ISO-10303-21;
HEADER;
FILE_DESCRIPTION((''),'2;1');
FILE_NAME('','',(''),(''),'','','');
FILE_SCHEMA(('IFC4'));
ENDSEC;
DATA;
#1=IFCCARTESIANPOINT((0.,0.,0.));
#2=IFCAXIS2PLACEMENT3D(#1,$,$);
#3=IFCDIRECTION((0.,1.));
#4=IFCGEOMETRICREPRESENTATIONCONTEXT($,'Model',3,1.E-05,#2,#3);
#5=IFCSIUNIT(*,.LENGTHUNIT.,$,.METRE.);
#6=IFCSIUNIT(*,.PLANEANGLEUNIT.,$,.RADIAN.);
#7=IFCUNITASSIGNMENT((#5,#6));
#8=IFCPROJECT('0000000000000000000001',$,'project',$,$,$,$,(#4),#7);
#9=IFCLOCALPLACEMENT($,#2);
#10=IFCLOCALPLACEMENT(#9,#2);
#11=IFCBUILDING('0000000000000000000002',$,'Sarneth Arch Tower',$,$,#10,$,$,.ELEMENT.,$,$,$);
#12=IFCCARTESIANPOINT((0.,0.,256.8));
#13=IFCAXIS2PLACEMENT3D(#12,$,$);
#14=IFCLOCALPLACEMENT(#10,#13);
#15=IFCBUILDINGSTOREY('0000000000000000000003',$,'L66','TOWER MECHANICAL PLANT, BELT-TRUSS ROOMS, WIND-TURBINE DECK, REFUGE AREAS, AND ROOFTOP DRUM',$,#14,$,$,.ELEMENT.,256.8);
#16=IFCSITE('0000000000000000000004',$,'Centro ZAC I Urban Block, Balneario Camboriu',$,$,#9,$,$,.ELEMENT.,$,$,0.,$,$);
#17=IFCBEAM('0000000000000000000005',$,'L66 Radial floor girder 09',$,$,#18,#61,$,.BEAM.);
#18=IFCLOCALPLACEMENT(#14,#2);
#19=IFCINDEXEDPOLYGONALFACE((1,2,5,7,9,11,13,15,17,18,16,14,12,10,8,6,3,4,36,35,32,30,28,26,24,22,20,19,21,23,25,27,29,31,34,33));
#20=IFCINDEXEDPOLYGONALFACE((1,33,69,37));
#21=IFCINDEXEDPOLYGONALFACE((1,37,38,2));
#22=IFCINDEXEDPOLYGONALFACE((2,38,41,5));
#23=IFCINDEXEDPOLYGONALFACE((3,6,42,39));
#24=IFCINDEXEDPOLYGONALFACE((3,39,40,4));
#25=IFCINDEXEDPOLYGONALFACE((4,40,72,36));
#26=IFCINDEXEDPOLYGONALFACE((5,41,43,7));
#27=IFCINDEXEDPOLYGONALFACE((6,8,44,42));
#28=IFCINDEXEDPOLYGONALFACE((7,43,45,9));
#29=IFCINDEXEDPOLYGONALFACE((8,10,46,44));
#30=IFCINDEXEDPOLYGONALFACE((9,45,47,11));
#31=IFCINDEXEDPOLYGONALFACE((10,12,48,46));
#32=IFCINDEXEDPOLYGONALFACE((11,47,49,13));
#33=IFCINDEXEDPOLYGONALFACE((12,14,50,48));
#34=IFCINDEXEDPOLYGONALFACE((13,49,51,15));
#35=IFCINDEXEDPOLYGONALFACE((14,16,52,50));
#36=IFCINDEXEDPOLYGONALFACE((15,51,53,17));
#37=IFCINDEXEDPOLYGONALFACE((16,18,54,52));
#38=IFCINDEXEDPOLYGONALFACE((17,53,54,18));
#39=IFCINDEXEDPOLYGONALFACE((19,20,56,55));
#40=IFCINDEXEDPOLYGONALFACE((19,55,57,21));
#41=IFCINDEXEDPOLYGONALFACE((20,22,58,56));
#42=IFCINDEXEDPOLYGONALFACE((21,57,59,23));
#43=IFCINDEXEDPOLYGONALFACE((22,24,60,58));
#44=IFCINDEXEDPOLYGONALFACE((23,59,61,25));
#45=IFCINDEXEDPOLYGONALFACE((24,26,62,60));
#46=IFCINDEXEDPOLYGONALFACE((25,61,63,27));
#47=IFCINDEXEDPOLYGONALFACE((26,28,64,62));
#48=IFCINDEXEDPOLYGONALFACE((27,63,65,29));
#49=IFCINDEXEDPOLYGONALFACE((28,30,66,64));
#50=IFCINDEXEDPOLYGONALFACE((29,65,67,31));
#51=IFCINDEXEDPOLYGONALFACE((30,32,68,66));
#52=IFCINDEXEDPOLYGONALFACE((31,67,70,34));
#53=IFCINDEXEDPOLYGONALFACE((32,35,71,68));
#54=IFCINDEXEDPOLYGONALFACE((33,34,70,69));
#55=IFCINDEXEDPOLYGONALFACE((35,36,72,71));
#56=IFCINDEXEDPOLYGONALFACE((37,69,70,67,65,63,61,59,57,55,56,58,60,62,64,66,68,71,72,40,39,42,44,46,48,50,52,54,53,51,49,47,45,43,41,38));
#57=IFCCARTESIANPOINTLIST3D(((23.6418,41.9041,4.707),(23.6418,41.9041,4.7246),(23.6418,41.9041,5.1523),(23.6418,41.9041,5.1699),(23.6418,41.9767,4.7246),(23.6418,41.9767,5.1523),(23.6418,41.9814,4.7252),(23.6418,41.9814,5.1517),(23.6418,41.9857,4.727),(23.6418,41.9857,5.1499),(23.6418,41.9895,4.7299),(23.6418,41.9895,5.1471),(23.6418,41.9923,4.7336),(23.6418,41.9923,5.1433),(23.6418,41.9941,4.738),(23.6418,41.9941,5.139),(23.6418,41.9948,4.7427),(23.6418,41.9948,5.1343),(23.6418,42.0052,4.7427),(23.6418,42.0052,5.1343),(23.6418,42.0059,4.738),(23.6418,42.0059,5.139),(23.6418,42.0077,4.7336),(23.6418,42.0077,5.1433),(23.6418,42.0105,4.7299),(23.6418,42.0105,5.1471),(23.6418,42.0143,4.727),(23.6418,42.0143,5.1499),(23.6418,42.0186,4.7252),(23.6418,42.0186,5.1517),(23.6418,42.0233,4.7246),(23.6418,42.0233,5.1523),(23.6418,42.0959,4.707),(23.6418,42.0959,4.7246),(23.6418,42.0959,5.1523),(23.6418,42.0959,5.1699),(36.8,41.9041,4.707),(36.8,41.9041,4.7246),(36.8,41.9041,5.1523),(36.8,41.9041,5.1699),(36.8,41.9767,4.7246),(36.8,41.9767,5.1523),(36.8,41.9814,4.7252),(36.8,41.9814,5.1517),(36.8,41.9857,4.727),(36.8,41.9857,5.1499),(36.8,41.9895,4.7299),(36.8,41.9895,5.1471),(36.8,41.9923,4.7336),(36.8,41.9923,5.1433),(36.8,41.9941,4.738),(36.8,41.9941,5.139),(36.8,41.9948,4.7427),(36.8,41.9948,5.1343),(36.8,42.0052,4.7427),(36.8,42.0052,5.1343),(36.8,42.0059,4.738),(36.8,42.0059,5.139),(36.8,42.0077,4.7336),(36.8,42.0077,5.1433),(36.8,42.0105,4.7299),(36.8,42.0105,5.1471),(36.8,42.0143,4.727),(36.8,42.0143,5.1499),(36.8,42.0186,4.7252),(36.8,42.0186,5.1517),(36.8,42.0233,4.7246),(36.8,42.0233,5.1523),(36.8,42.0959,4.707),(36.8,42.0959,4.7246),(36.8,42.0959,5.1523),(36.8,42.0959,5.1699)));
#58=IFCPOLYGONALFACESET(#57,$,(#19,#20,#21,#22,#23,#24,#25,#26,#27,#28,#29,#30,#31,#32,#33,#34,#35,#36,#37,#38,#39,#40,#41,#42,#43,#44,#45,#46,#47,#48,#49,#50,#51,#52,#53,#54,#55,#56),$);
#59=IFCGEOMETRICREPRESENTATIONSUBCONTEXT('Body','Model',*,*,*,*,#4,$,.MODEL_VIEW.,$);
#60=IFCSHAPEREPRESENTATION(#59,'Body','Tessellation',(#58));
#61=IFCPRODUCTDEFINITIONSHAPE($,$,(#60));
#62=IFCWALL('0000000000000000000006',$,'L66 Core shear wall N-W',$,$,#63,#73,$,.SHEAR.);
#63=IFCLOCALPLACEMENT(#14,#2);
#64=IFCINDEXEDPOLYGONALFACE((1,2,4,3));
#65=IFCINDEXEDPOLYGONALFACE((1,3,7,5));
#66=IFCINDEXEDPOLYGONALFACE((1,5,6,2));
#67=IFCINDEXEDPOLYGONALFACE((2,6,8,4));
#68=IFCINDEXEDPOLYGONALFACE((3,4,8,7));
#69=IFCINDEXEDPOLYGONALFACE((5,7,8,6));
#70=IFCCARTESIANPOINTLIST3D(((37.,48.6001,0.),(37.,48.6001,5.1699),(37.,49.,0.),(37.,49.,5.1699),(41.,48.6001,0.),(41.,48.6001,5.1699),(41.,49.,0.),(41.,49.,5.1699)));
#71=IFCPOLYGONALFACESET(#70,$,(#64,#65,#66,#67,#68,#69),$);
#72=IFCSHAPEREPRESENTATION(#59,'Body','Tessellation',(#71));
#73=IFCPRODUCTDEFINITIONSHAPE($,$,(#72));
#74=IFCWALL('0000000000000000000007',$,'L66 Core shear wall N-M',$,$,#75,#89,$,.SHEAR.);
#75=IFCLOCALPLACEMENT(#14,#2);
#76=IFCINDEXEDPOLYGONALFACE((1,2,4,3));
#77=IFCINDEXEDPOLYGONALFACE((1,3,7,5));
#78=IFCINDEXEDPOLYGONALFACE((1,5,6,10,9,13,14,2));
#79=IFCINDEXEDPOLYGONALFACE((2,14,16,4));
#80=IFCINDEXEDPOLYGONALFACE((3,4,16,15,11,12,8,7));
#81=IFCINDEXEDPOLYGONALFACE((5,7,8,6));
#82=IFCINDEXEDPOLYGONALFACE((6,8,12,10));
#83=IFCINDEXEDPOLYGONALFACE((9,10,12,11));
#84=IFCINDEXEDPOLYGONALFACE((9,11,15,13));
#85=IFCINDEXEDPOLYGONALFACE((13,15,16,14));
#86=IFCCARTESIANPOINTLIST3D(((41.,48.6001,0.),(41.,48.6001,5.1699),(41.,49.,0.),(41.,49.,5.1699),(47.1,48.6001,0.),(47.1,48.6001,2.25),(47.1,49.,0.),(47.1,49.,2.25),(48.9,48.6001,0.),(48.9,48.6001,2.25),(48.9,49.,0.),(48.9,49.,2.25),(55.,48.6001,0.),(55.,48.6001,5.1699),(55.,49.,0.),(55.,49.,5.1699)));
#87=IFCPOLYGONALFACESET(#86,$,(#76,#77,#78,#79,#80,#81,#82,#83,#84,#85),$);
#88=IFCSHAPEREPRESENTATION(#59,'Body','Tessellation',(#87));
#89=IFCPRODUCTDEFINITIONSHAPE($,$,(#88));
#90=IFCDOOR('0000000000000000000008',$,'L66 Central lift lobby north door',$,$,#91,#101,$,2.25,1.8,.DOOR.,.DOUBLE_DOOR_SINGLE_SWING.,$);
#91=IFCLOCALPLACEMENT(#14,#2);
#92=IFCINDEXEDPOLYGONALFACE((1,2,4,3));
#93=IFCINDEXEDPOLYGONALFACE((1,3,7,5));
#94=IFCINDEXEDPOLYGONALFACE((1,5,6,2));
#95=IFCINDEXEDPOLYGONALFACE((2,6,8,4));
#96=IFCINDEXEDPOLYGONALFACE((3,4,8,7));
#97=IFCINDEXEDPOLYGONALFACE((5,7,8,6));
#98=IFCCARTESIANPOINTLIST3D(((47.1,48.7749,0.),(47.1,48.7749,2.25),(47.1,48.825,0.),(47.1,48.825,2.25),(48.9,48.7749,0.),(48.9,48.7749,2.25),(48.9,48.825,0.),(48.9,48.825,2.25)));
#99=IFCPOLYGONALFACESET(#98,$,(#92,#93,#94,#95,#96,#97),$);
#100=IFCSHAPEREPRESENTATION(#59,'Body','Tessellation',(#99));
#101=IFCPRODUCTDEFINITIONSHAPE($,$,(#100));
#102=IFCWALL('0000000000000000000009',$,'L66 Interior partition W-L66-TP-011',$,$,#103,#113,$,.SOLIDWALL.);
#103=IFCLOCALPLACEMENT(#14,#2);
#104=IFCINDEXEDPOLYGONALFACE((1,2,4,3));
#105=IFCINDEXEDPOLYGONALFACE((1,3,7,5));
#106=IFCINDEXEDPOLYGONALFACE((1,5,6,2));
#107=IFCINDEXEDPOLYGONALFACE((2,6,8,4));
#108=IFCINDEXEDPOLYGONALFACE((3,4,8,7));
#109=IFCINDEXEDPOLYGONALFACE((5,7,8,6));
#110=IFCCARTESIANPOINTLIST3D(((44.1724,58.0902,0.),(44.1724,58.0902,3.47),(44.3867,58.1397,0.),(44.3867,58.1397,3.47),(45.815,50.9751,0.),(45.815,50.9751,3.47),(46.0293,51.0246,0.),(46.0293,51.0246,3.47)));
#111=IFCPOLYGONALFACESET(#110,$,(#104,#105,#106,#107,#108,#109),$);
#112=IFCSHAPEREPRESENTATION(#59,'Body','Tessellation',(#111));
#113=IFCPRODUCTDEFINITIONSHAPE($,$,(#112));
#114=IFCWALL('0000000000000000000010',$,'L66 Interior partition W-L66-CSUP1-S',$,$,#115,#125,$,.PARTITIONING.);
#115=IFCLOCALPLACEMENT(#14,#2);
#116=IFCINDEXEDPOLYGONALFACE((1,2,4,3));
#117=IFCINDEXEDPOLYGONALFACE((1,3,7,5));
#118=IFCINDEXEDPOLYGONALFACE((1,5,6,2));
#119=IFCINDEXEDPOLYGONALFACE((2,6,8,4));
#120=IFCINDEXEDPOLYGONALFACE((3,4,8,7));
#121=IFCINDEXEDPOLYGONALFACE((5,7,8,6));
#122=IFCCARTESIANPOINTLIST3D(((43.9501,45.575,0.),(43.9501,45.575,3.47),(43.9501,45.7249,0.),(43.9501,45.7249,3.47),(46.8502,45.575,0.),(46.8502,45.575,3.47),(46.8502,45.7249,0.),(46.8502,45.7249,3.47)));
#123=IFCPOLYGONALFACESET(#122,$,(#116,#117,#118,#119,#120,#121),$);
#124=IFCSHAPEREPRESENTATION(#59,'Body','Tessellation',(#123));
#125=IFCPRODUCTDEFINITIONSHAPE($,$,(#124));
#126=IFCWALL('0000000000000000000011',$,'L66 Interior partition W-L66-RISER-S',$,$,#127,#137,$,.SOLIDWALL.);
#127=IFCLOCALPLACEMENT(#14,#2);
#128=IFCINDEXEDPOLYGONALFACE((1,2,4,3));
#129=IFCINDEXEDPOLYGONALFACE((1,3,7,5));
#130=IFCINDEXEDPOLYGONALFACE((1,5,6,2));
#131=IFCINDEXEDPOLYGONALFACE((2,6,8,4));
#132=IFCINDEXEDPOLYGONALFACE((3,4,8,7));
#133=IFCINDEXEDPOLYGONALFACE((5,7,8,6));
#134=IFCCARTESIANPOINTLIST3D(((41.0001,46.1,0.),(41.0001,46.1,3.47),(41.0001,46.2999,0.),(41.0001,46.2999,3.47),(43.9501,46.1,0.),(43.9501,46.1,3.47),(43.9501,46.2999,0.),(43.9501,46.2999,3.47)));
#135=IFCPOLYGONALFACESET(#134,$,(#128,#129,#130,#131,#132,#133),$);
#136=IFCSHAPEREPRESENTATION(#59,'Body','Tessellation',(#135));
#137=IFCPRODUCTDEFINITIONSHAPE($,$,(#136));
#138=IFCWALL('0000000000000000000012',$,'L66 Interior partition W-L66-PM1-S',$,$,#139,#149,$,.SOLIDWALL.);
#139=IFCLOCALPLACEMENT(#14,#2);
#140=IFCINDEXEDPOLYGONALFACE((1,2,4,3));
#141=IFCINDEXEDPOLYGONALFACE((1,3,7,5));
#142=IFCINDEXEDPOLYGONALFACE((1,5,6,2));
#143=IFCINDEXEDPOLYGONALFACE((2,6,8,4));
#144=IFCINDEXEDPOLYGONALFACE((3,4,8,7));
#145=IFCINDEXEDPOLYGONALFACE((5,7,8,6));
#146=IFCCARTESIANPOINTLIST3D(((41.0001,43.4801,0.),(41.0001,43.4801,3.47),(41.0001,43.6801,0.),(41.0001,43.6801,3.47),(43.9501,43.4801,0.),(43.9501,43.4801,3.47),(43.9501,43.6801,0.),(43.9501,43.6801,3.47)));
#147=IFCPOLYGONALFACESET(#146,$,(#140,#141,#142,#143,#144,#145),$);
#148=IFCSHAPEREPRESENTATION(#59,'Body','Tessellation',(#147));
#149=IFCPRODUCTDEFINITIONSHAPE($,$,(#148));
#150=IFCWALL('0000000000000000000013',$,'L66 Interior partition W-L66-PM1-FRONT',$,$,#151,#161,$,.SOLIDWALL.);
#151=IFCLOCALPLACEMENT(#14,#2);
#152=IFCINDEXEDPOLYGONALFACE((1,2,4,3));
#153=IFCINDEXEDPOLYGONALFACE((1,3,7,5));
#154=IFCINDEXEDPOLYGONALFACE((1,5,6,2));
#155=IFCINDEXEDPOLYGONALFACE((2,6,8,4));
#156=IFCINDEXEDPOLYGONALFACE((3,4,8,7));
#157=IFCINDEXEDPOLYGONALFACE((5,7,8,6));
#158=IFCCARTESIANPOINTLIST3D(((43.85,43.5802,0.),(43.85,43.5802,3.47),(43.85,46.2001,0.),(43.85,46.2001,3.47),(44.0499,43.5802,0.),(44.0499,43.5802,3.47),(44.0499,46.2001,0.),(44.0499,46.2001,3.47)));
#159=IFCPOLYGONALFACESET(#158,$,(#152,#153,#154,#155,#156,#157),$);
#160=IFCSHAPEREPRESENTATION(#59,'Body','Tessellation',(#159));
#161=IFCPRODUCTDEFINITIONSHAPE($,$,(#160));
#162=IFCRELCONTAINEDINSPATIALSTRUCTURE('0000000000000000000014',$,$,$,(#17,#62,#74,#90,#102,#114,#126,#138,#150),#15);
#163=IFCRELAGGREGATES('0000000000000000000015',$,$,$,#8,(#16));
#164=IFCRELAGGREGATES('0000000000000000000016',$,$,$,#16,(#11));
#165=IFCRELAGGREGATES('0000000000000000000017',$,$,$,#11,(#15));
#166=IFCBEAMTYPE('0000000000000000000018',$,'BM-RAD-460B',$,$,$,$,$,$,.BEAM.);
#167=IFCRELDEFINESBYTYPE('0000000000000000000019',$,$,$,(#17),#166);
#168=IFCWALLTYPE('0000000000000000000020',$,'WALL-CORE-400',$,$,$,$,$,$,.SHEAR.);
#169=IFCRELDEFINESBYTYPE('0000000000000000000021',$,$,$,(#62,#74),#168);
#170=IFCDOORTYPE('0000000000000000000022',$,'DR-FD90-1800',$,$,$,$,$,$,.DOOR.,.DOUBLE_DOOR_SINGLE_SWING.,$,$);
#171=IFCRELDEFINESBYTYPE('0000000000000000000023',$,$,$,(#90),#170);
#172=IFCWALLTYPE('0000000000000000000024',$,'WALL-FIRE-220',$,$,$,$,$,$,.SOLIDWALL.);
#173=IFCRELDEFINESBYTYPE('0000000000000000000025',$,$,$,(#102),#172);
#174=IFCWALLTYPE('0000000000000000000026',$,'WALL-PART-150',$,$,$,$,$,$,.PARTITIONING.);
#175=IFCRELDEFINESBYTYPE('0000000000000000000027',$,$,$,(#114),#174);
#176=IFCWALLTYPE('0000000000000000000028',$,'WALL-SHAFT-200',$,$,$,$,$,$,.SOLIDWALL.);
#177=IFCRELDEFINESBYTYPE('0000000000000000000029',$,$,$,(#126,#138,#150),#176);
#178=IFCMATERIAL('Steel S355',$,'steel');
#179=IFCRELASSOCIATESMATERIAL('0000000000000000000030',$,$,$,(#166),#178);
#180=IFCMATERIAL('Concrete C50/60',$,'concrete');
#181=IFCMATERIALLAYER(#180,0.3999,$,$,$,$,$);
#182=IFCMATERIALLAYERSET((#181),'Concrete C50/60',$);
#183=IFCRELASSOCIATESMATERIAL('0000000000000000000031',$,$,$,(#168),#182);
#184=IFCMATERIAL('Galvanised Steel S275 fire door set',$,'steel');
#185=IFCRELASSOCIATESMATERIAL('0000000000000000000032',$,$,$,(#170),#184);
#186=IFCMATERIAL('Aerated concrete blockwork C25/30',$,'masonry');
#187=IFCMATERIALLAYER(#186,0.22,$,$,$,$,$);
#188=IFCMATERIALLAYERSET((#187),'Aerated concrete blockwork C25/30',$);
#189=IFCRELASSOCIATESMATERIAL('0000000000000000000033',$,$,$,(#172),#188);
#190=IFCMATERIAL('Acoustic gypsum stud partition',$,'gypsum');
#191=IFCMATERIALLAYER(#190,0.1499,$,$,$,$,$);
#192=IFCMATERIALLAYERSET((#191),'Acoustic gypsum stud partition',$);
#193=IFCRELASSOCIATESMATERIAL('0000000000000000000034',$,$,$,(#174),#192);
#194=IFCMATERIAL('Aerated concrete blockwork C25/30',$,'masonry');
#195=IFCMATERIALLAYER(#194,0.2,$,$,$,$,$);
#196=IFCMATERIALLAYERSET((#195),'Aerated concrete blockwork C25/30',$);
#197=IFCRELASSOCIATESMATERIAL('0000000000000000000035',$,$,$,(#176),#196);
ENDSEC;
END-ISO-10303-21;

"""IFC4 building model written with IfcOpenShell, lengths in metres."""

from ifc_helpers import new_model, si_unit, direction, frame, frame_2d, origin, origin_2d, place, context, subcontext, project, spatial, rectangle, i_section, extrude, material, layer, layer_set, material_profile, profile_set, type_object, element, fill, save


model = new_model("IFC4")

# Units and contexts
model_context = context("Model", 3, precision=1e-05, world=origin(), true_north=direction((0.0, 1.0)))
body_context = subcontext(model_context, "Body", "Model", "MODEL_VIEW")
ifc_project = project(units=[si_unit("LENGTHUNIT", "METRE"), si_unit("PLANEANGLEUNIT", "RADIAN")], contexts=[model_context])

# Site, building, storey
site_placement = place(None, origin())
site = spatial("IfcSite", under=ifc_project, at=site_placement, Name="Centro ZAC I Urban Block, Balneario Camboriu", CompositionType="ELEMENT", RefElevation=0.0)
building_placement = place(site_placement, origin())
building = spatial("IfcBuilding", under=site, at=building_placement, Name="Sarneth Arch Tower", CompositionType="ELEMENT")
storey_placement = place(building_placement, frame((0.0, 0.0, 256.8)))
storey = spatial("IfcBuildingStorey", under=building, at=storey_placement, Name="L66", Description="TOWER MECHANICAL PLANT, BELT-TRUSS ROOMS, WIND-TURBINE DECK, REFUGE AREAS, AND ROOFTOP DRUM", CompositionType="ELEMENT", Elevation=256.8)

# Beam
ifc_material_1 = material(Name="Steel S355", Category="steel")
ifc_material_profile_1 = material_profile(ifc_material_1, i_section(OverallWidth=0.1919, OverallDepth=0.4629, WebThickness=0.0105, FlangeThickness=0.0176, FilletRadius=0.0181, at=origin_2d()), Name="W460x89")
ifc_profile_set_1 = profile_set([ifc_material_profile_1], Name="Steel S355")
beam_type_1 = type_object("IfcBeamType", Name="BM-RAD-460B", PredefinedType="BEAM", material=ifc_profile_set_1)
beam_1_placement = place(storey_placement, frame((36.8, 42.0, 4.9385), z_axis=(-1.0, 0.0, 0.0), x_axis=(0.0, -1.0, 0.0)))
element("IfcBeam", 1, at=beam_1_placement, inside=storey, type_object=beam_type_1, Name="L66 Radial floor girder 09", PredefinedType="BEAM", context=body_context, shape_type="SweptSolid", body=[
    extrude(i_section(OverallWidth=0.1919, OverallDepth=0.4629, WebThickness=0.0105, FlangeThickness=0.0176, FilletRadius=0.0181, at=origin_2d()), origin(), (0.0, 0.0, 1.0), 13.1582),
])

# Wall
ifc_material_2 = material(Name="Concrete C50/60", Category="concrete")
ifc_layer_1 = layer(ifc_material_2, 0.3999)
ifc_layer_set_1 = layer_set([ifc_layer_1], Name="Concrete C50/60")
wall_type_1 = type_object("IfcWallType", Name="WALL-CORE-400", PredefinedType="SHEAR", material=ifc_layer_set_1)
wall_1_placement = place(storey_placement, frame((37.0, 48.8, 0.0), z_axis=(0.0, 0.0, 1.0), x_axis=(1.0, 0.0, 0.0)))
element("IfcWall", 2, at=wall_1_placement, inside=storey, type_object=wall_type_1, Name="L66 Core shear wall N-W", PredefinedType="SHEAR", context=body_context, shape_type="SweptSolid", body=[
    extrude(rectangle(XDim=4.0, YDim=0.3999, at=frame_2d((2.0, 0.0))), origin(), (0.0, 0.0, 1.0), 5.1699),
])

# Wall, opening, door
wall_2_placement = place(storey_placement, frame((41.0, 48.8, 0.0), z_axis=(0.0, 0.0, 1.0), x_axis=(1.0, 0.0, 0.0)))
wall_2 = element("IfcWall", 3, at=wall_2_placement, inside=storey, type_object=wall_type_1, Name="L66 Core shear wall N-M", PredefinedType="SHEAR", context=body_context, shape_type="SweptSolid", body=[
    extrude(rectangle(XDim=14.0, YDim=0.3999, at=frame_2d((7.0, 0.0))), origin(), (0.0, 0.0, 1.0), 5.1699),
])
opening_1_placement = place(wall_2_placement, frame((6.1001, 0.0, 0.0)))
opening_1 = element("IfcOpeningElement", 4, at=opening_1_placement, cuts=wall_2, PredefinedType="OPENING", context=body_context, shape_type="SweptSolid", body=[
    extrude(rectangle(XDim=1.8, YDim=2.25, at=frame_2d((0.8999, 1.125))), frame((0.0, 0.21, 0.0), z_axis=(0.0, -1.0, 0.0), x_axis=(1.0, 0.0, 0.0)), (0.0, 0.0, 1.0), 0.4199),
])
ifc_material_3 = material(Name="Galvanised Steel S275 fire door set", Category="steel")
door_type_1 = type_object("IfcDoorType", Name="DR-FD90-1800", OperationType="DOUBLE_DOOR_SINGLE_SWING", PredefinedType="DOOR", material=ifc_material_3)
door_1_placement = place(opening_1_placement, origin())
door_1 = element("IfcDoor", 5, at=door_1_placement, inside=storey, type_object=door_type_1, Name="L66 Central lift lobby north door", OperationType="DOUBLE_DOOR_SINGLE_SWING", OverallHeight=2.25, OverallWidth=1.8, PredefinedType="DOOR", context=body_context, shape_type="SweptSolid", body=[
    extrude(rectangle(XDim=1.8, YDim=2.25, at=frame_2d((0.8999, 1.125))), frame((0.0, 0.0249, 0.0), z_axis=(0.0, -1.0, 0.0), x_axis=(1.0, 0.0, 0.0)), (0.0, 0.0, 1.0), 0.05),
])
fill(opening_1, door_1)

# Walls
ifc_material_4 = material(Name="Aerated concrete blockwork C25/30", Category="masonry")
ifc_layer_2 = layer(ifc_material_4, 0.22)
ifc_layer_set_2 = layer_set([ifc_layer_2], Name="Aerated concrete blockwork C25/30")
wall_type_2 = type_object("IfcWallType", Name="WALL-FIRE-220", PredefinedType="SOLIDWALL", material=ifc_layer_set_2)
wall_3_placement = place(storey_placement, frame((44.2795, 58.115, 0.0), z_axis=(0.0, 0.0, 1.0), x_axis=(0.224945, -0.974371, 0.0)))
element("IfcWall", 6, at=wall_3_placement, inside=storey, type_object=wall_type_2, Name="L66 Interior partition W-L66-TP-011", PredefinedType="SOLIDWALL", context=body_context, shape_type="SweptSolid", body=[
    extrude(rectangle(XDim=7.3022, YDim=0.22, at=frame_2d((3.6511, 0.0))), origin(), (0.0, 0.0, 1.0), 3.47),
])
ifc_material_5 = material(Name="Acoustic gypsum stud partition", Category="gypsum")
ifc_layer_3 = layer(ifc_material_5, 0.1499)
ifc_layer_set_3 = layer_set([ifc_layer_3], Name="Acoustic gypsum stud partition")
wall_type_3 = type_object("IfcWallType", Name="WALL-PART-150", PredefinedType="PARTITIONING", material=ifc_layer_set_3)
wall_4_placement = place(storey_placement, frame((43.95, 45.6499, 0.0), z_axis=(0.0, 0.0, 1.0), x_axis=(1.0, 0.0, 0.0)))
element("IfcWall", 7, at=wall_4_placement, inside=storey, type_object=wall_type_3, Name="L66 Interior partition W-L66-CSUP1-S", PredefinedType="PARTITIONING", context=body_context, shape_type="SweptSolid", body=[
    extrude(rectangle(XDim=2.9001, YDim=0.1499, at=frame_2d((1.4502, 0.0))), origin(), (0.0, 0.0, 1.0), 3.47),
])

# Wall
ifc_material_6 = material(Name="Aerated concrete blockwork C25/30", Category="masonry")
ifc_layer_4 = layer(ifc_material_6, 0.2)
ifc_layer_set_4 = layer_set([ifc_layer_4], Name="Aerated concrete blockwork C25/30")
wall_type_4 = type_object("IfcWallType", Name="WALL-SHAFT-200", PredefinedType="SOLIDWALL", material=ifc_layer_set_4)
wall_5_placement = place(storey_placement, frame((41.0, 46.2, 0.0), z_axis=(0.0, 0.0, 1.0), x_axis=(1.0, 0.0, 0.0)))
element("IfcWall", 8, at=wall_5_placement, inside=storey, type_object=wall_type_4, Name="L66 Interior partition W-L66-RISER-S", PredefinedType="SOLIDWALL", context=body_context, shape_type="SweptSolid", body=[
    extrude(rectangle(XDim=2.95, YDim=0.2, at=frame_2d((1.4751, 0.0))), origin(), (0.0, 0.0, 1.0), 3.47),
])

# Walls
wall_6_placement = place(storey_placement, frame((41.0, 43.5801, 0.0), z_axis=(0.0, 0.0, 1.0), x_axis=(1.0, 0.0, 0.0)))
element("IfcWall", 9, at=wall_6_placement, inside=storey, type_object=wall_type_4, Name="L66 Interior partition W-L66-PM1-S", PredefinedType="SOLIDWALL", context=body_context, shape_type="SweptSolid", body=[
    extrude(rectangle(XDim=2.95, YDim=0.2, at=frame_2d((1.4751, 0.0))), origin(), (0.0, 0.0, 1.0), 3.47),
])
wall_7_placement = place(storey_placement, frame((43.95, 43.5801, 0.0), z_axis=(0.0, 0.0, 1.0), x_axis=(0.0, 1.0, 0.0)))
element("IfcWall", 10, at=wall_7_placement, inside=storey, type_object=wall_type_4, Name="L66 Interior partition W-L66-PM1-FRONT", PredefinedType="SOLIDWALL", context=body_context, shape_type="SweptSolid", body=[
    extrude(rectangle(XDim=2.6199, YDim=0.2, at=frame_2d((1.3101, 0.0))), origin(), (0.0, 0.0, 1.0), 3.47),
])

save(model, "model.ifc")
